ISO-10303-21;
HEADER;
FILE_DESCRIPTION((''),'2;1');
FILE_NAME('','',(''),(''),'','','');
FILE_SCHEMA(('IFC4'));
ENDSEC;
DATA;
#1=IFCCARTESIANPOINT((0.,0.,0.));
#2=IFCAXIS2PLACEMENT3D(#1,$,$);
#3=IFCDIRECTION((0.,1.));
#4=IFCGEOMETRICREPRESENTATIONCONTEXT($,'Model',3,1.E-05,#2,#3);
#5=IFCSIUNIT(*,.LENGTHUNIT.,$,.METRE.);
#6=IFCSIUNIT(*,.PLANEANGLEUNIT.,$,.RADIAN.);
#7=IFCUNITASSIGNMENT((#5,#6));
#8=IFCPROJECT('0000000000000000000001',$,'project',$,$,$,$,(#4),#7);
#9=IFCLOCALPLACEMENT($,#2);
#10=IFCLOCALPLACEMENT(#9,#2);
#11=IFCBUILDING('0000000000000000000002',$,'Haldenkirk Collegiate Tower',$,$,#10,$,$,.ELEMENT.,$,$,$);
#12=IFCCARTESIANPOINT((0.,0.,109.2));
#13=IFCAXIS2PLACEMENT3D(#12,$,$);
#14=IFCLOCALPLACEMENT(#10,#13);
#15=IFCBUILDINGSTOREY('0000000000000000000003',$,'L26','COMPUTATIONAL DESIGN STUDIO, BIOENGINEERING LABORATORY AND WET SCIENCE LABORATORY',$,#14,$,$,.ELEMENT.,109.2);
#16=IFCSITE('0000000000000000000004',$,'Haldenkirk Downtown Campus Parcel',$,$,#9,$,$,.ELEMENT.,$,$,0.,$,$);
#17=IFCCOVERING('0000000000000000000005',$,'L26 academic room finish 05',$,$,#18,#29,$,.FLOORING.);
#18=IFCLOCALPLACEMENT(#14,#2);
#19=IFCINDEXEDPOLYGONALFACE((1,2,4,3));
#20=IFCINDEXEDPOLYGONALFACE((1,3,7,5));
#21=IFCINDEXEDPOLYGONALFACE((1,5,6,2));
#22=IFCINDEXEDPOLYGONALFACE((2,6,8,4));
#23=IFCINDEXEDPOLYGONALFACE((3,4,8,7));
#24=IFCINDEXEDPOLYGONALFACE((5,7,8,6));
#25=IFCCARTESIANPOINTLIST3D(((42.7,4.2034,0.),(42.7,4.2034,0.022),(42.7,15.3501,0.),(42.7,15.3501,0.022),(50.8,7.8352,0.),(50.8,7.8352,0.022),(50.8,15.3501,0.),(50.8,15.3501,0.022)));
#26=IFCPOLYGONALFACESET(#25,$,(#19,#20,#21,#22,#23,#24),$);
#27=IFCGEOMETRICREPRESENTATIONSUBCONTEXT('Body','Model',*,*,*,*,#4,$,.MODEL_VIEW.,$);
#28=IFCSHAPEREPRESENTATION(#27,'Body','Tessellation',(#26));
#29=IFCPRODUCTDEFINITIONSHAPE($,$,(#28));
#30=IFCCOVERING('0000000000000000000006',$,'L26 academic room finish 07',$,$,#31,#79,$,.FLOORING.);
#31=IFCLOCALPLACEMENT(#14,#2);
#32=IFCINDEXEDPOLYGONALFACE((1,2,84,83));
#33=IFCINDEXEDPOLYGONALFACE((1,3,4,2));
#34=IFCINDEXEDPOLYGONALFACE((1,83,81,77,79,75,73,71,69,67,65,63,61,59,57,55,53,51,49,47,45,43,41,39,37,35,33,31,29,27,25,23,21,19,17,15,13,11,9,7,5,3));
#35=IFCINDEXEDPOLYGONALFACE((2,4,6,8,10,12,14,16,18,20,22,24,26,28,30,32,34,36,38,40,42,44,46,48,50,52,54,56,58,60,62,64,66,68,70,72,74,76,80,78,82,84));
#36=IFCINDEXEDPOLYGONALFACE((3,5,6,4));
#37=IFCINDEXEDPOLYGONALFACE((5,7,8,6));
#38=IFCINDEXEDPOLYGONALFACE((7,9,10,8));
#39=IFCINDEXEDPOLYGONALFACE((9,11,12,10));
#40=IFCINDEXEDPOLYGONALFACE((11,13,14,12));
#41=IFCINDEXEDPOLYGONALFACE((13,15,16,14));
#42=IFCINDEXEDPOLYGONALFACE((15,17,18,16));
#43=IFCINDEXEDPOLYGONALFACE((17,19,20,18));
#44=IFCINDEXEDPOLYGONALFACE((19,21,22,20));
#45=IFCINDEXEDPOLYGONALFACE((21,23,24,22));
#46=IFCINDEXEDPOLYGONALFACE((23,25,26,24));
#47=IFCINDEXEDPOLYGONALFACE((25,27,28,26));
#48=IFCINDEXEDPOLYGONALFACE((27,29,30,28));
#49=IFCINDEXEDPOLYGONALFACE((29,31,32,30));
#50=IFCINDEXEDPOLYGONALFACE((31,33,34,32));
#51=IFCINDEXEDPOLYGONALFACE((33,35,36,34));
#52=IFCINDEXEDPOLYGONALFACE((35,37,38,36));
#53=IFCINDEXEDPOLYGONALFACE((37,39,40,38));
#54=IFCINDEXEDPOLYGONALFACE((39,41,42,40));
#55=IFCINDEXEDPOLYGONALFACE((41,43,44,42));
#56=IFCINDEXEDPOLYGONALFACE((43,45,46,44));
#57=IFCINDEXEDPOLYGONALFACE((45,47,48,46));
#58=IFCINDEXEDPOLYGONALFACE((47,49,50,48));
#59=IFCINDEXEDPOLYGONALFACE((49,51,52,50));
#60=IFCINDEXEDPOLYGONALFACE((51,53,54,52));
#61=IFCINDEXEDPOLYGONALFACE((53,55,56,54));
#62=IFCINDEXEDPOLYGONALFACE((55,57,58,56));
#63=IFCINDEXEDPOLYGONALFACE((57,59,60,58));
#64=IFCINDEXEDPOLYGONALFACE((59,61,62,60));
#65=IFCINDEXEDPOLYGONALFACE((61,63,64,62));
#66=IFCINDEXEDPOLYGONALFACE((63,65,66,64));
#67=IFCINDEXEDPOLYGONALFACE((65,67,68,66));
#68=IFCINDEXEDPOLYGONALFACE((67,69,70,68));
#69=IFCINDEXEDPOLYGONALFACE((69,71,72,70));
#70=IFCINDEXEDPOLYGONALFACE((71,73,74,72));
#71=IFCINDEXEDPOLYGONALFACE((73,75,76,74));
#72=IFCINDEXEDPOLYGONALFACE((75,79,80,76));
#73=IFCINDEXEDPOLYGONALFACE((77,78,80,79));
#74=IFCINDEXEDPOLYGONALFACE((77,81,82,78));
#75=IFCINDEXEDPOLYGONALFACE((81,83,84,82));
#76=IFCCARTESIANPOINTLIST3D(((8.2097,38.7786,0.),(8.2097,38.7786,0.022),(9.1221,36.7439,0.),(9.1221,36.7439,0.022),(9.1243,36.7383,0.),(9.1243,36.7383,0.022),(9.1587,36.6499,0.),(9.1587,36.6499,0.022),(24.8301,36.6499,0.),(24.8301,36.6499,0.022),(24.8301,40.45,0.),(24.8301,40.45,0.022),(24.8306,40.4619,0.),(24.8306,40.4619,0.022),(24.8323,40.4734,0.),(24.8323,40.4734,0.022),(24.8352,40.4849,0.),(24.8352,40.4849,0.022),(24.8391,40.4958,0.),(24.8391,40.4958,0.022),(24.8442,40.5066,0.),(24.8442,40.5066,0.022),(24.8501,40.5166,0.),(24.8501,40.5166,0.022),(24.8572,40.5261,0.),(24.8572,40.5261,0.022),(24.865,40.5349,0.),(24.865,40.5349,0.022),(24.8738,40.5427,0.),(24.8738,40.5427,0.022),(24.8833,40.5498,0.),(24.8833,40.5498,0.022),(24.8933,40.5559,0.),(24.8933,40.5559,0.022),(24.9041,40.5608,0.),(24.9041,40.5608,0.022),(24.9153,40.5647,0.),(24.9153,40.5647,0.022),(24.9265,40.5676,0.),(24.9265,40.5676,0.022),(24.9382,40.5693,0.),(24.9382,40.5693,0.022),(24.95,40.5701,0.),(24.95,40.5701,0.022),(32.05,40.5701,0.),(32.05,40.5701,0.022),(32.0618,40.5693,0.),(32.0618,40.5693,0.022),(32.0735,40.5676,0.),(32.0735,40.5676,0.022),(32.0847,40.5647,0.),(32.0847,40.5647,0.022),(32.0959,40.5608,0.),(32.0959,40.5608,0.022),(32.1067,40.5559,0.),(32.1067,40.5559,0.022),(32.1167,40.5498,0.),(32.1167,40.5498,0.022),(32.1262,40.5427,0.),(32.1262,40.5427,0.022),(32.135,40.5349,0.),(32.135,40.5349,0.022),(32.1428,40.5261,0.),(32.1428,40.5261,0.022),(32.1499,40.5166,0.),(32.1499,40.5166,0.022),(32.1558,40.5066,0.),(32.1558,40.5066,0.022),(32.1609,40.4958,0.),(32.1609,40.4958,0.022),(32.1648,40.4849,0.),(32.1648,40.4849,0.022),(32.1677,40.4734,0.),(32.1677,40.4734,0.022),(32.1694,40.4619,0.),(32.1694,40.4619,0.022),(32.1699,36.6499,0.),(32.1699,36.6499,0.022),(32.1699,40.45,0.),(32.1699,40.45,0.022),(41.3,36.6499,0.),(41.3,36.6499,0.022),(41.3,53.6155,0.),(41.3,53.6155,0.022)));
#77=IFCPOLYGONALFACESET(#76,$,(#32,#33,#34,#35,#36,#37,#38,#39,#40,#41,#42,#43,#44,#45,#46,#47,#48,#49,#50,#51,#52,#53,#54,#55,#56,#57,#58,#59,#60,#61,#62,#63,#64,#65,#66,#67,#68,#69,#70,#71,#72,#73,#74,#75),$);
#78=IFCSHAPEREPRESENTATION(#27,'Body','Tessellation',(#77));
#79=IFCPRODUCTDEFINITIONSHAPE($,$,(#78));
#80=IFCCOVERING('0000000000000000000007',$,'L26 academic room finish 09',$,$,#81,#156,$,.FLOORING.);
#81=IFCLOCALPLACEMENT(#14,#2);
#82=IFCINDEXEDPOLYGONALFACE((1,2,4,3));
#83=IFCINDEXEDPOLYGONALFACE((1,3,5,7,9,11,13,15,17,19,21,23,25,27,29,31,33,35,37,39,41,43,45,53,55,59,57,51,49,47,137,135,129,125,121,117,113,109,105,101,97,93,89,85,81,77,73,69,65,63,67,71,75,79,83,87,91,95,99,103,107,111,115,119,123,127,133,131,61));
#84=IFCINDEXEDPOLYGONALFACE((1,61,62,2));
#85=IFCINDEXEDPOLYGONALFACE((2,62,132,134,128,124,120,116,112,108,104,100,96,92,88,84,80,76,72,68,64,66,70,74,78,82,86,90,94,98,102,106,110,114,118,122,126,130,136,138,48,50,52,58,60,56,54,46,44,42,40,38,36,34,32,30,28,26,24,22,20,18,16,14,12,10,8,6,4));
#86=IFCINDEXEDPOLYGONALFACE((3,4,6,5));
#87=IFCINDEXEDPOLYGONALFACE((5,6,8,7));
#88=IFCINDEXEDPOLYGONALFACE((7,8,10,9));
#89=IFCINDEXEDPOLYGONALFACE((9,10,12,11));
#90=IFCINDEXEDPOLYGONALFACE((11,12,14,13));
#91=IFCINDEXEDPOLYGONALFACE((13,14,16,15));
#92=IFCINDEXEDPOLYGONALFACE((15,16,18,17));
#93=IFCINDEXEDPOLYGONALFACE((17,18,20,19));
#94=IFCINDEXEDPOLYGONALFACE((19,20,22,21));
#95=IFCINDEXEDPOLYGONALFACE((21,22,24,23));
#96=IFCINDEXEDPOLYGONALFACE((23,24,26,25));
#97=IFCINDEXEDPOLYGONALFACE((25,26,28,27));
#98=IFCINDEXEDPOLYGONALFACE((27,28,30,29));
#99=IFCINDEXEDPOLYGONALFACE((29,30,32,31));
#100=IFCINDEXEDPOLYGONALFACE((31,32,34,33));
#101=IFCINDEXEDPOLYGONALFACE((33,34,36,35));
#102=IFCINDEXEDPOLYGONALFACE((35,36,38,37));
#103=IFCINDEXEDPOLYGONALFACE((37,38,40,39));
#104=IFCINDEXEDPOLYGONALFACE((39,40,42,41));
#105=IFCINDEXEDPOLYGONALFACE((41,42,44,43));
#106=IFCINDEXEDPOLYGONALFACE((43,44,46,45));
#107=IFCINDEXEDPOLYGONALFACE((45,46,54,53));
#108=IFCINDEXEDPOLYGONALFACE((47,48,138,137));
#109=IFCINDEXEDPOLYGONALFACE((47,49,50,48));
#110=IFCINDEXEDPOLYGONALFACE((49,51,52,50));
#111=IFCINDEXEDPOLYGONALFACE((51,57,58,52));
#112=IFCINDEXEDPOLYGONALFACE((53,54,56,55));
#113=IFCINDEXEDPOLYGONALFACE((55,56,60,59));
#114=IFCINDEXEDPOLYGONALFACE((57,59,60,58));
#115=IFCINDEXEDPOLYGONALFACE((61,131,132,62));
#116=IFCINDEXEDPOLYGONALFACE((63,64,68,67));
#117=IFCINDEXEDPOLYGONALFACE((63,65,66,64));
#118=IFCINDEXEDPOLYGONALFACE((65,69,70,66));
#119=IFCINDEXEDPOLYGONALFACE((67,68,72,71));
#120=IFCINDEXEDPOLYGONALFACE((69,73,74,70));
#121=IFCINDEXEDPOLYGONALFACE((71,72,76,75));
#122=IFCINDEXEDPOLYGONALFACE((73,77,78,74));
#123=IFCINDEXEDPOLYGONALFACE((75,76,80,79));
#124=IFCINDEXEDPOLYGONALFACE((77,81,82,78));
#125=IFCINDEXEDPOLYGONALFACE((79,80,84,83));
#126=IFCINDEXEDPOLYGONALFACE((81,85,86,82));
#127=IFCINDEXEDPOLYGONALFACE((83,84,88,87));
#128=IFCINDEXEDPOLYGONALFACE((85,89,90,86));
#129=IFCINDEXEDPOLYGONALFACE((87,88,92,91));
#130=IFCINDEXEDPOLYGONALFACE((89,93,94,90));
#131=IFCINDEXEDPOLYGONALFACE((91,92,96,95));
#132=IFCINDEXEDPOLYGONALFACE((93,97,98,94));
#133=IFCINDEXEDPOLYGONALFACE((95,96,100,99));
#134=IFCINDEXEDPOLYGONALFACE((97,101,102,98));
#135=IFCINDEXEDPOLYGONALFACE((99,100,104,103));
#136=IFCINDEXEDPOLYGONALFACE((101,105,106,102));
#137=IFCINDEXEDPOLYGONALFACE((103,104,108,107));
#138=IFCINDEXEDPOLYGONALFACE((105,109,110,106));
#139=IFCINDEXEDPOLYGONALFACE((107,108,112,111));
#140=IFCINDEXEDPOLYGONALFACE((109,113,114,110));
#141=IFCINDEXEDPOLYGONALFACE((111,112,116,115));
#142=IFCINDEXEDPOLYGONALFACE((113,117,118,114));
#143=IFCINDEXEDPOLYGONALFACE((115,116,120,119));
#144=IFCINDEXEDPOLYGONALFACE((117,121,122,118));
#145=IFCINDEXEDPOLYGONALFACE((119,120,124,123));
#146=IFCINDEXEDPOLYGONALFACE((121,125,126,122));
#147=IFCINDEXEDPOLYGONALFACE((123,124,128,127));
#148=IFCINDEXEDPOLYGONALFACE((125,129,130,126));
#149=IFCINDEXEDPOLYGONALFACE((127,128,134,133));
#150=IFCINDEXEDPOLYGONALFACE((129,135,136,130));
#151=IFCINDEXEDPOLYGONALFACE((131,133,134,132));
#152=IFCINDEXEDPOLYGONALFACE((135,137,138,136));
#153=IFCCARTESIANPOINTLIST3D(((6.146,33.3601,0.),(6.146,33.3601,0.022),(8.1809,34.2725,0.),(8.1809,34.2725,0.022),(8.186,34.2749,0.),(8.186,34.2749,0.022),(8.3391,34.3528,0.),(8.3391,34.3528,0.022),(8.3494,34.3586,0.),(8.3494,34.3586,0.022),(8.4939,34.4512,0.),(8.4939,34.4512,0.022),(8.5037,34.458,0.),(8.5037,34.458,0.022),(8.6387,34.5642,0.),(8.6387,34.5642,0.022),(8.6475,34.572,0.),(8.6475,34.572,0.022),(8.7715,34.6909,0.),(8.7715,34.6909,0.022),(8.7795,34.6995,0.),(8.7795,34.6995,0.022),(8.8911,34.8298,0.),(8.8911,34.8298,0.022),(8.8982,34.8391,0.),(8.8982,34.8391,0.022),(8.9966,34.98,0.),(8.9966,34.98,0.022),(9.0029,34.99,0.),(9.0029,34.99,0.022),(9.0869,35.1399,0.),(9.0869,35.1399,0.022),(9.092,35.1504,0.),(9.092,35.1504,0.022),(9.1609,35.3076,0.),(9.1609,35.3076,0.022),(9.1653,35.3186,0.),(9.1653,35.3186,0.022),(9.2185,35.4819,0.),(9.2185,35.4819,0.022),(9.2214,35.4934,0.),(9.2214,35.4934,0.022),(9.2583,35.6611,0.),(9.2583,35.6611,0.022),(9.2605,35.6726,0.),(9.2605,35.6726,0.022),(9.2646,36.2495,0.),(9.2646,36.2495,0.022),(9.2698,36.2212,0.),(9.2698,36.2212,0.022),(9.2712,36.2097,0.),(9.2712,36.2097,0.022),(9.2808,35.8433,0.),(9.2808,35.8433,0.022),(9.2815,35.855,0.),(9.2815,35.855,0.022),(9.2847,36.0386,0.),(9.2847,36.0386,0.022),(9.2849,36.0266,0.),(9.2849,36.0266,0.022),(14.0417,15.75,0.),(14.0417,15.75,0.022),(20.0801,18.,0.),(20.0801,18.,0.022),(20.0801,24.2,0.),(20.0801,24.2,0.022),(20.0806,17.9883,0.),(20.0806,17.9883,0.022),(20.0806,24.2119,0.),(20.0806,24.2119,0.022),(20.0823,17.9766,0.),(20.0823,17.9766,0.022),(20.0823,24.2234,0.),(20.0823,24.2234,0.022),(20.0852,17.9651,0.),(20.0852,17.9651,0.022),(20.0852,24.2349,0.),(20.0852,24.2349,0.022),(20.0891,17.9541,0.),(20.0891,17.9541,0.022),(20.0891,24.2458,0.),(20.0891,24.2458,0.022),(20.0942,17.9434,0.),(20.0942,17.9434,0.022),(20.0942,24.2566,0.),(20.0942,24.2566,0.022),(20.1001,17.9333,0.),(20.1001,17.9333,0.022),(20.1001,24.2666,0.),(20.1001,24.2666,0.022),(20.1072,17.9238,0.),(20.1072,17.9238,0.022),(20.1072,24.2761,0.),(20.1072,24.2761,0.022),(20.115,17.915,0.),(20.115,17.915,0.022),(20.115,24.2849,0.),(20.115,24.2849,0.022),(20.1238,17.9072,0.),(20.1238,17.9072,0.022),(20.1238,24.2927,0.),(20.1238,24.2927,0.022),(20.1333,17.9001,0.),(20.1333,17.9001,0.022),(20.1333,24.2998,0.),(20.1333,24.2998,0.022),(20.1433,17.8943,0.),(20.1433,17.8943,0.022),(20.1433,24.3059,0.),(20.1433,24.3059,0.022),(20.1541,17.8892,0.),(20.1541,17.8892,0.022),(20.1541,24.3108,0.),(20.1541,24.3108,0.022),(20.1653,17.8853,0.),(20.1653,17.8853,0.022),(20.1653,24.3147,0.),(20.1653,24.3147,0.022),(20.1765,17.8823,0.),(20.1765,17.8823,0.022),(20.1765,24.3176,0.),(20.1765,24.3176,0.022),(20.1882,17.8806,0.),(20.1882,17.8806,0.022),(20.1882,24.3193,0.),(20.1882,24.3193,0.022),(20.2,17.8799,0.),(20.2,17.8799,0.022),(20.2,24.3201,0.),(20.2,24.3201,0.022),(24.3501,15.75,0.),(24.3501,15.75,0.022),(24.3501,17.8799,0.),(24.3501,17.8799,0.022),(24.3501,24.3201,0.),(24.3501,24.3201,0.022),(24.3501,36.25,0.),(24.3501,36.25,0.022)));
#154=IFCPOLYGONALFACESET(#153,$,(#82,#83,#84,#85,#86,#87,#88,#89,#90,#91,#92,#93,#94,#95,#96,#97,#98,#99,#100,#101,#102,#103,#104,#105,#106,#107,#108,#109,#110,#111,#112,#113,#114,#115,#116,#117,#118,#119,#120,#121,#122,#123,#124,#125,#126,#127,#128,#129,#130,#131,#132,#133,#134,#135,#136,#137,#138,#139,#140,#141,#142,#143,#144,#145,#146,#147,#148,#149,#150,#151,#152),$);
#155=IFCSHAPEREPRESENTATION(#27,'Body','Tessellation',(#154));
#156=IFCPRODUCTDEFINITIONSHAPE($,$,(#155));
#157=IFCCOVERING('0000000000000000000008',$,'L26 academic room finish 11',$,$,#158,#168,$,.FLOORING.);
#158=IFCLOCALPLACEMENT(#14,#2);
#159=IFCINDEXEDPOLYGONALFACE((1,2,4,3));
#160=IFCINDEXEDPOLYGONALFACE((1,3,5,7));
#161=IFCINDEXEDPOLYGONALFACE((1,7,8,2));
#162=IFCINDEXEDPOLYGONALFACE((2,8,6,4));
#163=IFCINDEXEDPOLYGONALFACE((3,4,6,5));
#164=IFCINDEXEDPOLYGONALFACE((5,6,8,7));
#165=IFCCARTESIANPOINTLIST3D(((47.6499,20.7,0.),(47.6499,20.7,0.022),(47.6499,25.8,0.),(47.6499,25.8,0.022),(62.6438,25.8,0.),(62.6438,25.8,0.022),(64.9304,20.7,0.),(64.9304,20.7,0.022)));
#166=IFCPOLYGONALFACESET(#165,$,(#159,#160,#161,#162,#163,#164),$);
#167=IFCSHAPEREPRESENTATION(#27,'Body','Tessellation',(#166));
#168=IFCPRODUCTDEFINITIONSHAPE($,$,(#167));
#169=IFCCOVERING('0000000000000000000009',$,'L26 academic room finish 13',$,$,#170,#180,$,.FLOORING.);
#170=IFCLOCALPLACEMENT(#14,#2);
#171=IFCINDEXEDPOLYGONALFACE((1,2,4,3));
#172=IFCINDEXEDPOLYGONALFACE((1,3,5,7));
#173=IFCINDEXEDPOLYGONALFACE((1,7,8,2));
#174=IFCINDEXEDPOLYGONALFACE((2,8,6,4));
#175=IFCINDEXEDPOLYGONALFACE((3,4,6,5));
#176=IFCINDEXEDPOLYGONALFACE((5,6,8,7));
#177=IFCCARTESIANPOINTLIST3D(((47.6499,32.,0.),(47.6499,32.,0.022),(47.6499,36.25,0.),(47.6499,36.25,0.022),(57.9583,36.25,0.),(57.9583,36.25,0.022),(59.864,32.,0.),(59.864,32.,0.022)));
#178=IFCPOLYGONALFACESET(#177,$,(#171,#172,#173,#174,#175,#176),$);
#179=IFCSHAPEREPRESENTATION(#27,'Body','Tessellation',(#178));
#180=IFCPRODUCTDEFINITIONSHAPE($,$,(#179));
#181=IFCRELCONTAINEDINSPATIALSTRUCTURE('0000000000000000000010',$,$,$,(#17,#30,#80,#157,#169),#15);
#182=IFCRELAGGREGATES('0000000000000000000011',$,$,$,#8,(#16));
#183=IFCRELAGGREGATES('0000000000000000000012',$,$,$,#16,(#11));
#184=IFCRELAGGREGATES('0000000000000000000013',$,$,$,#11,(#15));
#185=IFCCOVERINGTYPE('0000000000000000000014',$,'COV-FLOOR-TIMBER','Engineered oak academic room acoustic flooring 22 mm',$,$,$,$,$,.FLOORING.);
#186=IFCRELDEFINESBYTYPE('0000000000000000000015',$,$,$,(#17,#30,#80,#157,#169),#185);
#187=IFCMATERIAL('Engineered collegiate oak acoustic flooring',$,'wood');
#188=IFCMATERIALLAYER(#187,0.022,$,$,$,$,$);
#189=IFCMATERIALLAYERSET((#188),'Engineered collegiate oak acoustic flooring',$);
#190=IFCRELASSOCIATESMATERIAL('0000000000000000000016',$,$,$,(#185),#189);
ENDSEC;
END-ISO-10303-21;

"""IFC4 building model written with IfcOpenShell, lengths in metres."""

from ifc_helpers import new_model, si_unit, direction, frame, origin, place, context, subcontext, project, spatial, polyline, outline, extrude, material, layer, layer_set, type_object, element, save


model = new_model("IFC4")

# Units and contexts
model_context = context("Model", 3, precision=1e-05, world=origin(), true_north=direction((0.0, 1.0)))
body_context = subcontext(model_context, "Body", "Model", "MODEL_VIEW")
ifc_project = project(units=[si_unit("LENGTHUNIT", "METRE"), si_unit("PLANEANGLEUNIT", "RADIAN")], contexts=[model_context])

# Site, building, storey
site_placement = place(None, origin())
site = spatial("IfcSite", under=ifc_project, at=site_placement, Name="Haldenkirk Downtown Campus Parcel", CompositionType="ELEMENT", RefElevation=0.0)
building_placement = place(site_placement, origin())
building = spatial("IfcBuilding", under=site, at=building_placement, Name="Haldenkirk Collegiate Tower", CompositionType="ELEMENT")
storey_placement = place(building_placement, frame((0.0, 0.0, 109.2)))
storey = spatial("IfcBuildingStorey", under=building, at=storey_placement, Name="L26", Description="COMPUTATIONAL DESIGN STUDIO, BIOENGINEERING LABORATORY AND WET SCIENCE LABORATORY", CompositionType="ELEMENT", Elevation=109.2)

# Coverings
ifc_material_1 = material(Name="Engineered collegiate oak acoustic flooring", Category="wood")
ifc_layer_1 = layer(ifc_material_1, 0.022)
ifc_layer_set_1 = layer_set([ifc_layer_1], Name="Engineered collegiate oak acoustic flooring")
covering_type_1 = type_object("IfcCoveringType", Name="COV-FLOOR-TIMBER", Description="Engineered oak academic room acoustic flooring 22 mm", PredefinedType="FLOORING", material=ifc_layer_set_1)
covering_1_placement = place(storey_placement, origin())
element("IfcCovering", 1, at=covering_1_placement, inside=storey, type_object=covering_type_1, Name="L26 academic room finish 05", PredefinedType="FLOORING", context=body_context, shape_type="SweptSolid", body=[
    extrude(outline(polyline([(42.7, 4.2034), (42.7, 15.3501), (50.8, 15.3501), (50.8, 7.8352), (42.7, 4.2034)])), origin(), (0.0, 0.0, 1.0), 0.022),
])
covering_2_placement = place(storey_placement, origin())
element("IfcCovering", 2, at=covering_2_placement, inside=storey, type_object=covering_type_1, Name="L26 academic room finish 07", PredefinedType="FLOORING", context=body_context, shape_type="SweptSolid", body=[
    extrude(outline(polyline([(9.1243, 36.7383), (9.1221, 36.7439), (8.2097, 38.7786), (41.3, 53.6155), (41.3, 36.6499), (32.1699, 36.6499), (32.1699, 40.45), (32.1694, 40.4619), (32.1677, 40.4734), (32.1648, 40.4849), (32.1609, 40.4958), (32.1558, 40.5066), (32.1499, 40.5166), (32.1428, 40.5261), (32.135, 40.5349), (32.1262, 40.5427), (32.1167, 40.5498), (32.1067, 40.5559), (32.0959, 40.5608), (32.0847, 40.5647), (32.0735, 40.5676), (32.0618, 40.5693), (32.05, 40.5701), (24.95, 40.5701), (24.9382, 40.5693), (24.9265, 40.5676), (24.9153, 40.5647), (24.9041, 40.5608), (24.8933, 40.5559), (24.8833, 40.5498), (24.8738, 40.5427), (24.865, 40.5349), (24.8572, 40.5261), (24.8501, 40.5166), (24.8442, 40.5066), (24.8391, 40.4958), (24.8352, 40.4849), (24.8323, 40.4734), (24.8306, 40.4619), (24.8301, 40.45), (24.8301, 36.6499), (9.1587, 36.6499), (9.1243, 36.7383)])), origin(), (0.0, 0.0, 1.0), 0.022),
])
covering_3_placement = place(storey_placement, origin())
element("IfcCovering", 3, at=covering_3_placement, inside=storey, type_object=covering_type_1, Name="L26 academic room finish 09", PredefinedType="FLOORING", context=body_context, shape_type="SweptSolid", body=[
    extrude(outline(polyline([(8.1809, 34.2725), (8.186, 34.2749), (8.3391, 34.3528), (8.3494, 34.3586), (8.4939, 34.4512), (8.5037, 34.458), (8.6387, 34.5642), (8.6475, 34.572), (8.7715, 34.6909), (8.7795, 34.6995), (8.8911, 34.8298), (8.8982, 34.8391), (8.9966, 34.98), (9.0029, 34.99), (9.0869, 35.1399), (9.092, 35.1504), (9.1609, 35.3076), (9.1653, 35.3186), (9.2185, 35.4819), (9.2214, 35.4934), (9.2583, 35.6611), (9.2605, 35.6726), (9.2808, 35.8433), (9.2815, 35.855), (9.2849, 36.0266), (9.2847, 36.0386), (9.2712, 36.2097), (9.2698, 36.2212), (9.2646, 36.2495), (24.3501, 36.25), (24.3501, 24.3201), (20.2, 24.3201), (20.1882, 24.3193), (20.1765, 24.3176), (20.1653, 24.3147), (20.1541, 24.3108), (20.1433, 24.3059), (20.1333, 24.2998), (20.1238, 24.2927), (20.115, 24.2849), (20.1072, 24.2761), (20.1001, 24.2666), (20.0942, 24.2566), (20.0891, 24.2458), (20.0852, 24.2349), (20.0823, 24.2234), (20.0806, 24.2119), (20.0801, 24.2), (20.0801, 18.0), (20.0806, 17.9883), (20.0823, 17.9766), (20.0852, 17.9651), (20.0891, 17.9541), (20.0942, 17.9434), (20.1001, 17.9333), (20.1072, 17.9238), (20.115, 17.915), (20.1238, 17.9072), (20.1333, 17.9001), (20.1433, 17.8943), (20.1541, 17.8892), (20.1653, 17.8853), (20.1765, 17.8823), (20.1882, 17.8806), (20.2, 17.8799), (24.3501, 17.8799), (24.3501, 15.75), (14.0417, 15.75), (6.146, 33.3601), (8.1809, 34.2725)])), origin(), (0.0, 0.0, 1.0), 0.022),
])
covering_4_placement = place(storey_placement, origin())
element("IfcCovering", 4, at=covering_4_placement, inside=storey, type_object=covering_type_1, Name="L26 academic room finish 11", PredefinedType="FLOORING", context=body_context, shape_type="SweptSolid", body=[
    extrude(outline(polyline([(64.9304, 20.7), (47.6499, 20.7), (47.6499, 25.8), (62.6438, 25.8), (64.9304, 20.7)])), origin(), (0.0, 0.0, 1.0), 0.022),
])
covering_5_placement = place(storey_placement, origin())
element("IfcCovering", 5, at=covering_5_placement, inside=storey, type_object=covering_type_1, Name="L26 academic room finish 13", PredefinedType="FLOORING", context=body_context, shape_type="SweptSolid", body=[
    extrude(outline(polyline([(59.864, 32.0), (47.6499, 32.0), (47.6499, 36.25), (57.9583, 36.25), (59.864, 32.0)])), origin(), (0.0, 0.0, 1.0), 0.022),
])

save(model, "model.ifc")
